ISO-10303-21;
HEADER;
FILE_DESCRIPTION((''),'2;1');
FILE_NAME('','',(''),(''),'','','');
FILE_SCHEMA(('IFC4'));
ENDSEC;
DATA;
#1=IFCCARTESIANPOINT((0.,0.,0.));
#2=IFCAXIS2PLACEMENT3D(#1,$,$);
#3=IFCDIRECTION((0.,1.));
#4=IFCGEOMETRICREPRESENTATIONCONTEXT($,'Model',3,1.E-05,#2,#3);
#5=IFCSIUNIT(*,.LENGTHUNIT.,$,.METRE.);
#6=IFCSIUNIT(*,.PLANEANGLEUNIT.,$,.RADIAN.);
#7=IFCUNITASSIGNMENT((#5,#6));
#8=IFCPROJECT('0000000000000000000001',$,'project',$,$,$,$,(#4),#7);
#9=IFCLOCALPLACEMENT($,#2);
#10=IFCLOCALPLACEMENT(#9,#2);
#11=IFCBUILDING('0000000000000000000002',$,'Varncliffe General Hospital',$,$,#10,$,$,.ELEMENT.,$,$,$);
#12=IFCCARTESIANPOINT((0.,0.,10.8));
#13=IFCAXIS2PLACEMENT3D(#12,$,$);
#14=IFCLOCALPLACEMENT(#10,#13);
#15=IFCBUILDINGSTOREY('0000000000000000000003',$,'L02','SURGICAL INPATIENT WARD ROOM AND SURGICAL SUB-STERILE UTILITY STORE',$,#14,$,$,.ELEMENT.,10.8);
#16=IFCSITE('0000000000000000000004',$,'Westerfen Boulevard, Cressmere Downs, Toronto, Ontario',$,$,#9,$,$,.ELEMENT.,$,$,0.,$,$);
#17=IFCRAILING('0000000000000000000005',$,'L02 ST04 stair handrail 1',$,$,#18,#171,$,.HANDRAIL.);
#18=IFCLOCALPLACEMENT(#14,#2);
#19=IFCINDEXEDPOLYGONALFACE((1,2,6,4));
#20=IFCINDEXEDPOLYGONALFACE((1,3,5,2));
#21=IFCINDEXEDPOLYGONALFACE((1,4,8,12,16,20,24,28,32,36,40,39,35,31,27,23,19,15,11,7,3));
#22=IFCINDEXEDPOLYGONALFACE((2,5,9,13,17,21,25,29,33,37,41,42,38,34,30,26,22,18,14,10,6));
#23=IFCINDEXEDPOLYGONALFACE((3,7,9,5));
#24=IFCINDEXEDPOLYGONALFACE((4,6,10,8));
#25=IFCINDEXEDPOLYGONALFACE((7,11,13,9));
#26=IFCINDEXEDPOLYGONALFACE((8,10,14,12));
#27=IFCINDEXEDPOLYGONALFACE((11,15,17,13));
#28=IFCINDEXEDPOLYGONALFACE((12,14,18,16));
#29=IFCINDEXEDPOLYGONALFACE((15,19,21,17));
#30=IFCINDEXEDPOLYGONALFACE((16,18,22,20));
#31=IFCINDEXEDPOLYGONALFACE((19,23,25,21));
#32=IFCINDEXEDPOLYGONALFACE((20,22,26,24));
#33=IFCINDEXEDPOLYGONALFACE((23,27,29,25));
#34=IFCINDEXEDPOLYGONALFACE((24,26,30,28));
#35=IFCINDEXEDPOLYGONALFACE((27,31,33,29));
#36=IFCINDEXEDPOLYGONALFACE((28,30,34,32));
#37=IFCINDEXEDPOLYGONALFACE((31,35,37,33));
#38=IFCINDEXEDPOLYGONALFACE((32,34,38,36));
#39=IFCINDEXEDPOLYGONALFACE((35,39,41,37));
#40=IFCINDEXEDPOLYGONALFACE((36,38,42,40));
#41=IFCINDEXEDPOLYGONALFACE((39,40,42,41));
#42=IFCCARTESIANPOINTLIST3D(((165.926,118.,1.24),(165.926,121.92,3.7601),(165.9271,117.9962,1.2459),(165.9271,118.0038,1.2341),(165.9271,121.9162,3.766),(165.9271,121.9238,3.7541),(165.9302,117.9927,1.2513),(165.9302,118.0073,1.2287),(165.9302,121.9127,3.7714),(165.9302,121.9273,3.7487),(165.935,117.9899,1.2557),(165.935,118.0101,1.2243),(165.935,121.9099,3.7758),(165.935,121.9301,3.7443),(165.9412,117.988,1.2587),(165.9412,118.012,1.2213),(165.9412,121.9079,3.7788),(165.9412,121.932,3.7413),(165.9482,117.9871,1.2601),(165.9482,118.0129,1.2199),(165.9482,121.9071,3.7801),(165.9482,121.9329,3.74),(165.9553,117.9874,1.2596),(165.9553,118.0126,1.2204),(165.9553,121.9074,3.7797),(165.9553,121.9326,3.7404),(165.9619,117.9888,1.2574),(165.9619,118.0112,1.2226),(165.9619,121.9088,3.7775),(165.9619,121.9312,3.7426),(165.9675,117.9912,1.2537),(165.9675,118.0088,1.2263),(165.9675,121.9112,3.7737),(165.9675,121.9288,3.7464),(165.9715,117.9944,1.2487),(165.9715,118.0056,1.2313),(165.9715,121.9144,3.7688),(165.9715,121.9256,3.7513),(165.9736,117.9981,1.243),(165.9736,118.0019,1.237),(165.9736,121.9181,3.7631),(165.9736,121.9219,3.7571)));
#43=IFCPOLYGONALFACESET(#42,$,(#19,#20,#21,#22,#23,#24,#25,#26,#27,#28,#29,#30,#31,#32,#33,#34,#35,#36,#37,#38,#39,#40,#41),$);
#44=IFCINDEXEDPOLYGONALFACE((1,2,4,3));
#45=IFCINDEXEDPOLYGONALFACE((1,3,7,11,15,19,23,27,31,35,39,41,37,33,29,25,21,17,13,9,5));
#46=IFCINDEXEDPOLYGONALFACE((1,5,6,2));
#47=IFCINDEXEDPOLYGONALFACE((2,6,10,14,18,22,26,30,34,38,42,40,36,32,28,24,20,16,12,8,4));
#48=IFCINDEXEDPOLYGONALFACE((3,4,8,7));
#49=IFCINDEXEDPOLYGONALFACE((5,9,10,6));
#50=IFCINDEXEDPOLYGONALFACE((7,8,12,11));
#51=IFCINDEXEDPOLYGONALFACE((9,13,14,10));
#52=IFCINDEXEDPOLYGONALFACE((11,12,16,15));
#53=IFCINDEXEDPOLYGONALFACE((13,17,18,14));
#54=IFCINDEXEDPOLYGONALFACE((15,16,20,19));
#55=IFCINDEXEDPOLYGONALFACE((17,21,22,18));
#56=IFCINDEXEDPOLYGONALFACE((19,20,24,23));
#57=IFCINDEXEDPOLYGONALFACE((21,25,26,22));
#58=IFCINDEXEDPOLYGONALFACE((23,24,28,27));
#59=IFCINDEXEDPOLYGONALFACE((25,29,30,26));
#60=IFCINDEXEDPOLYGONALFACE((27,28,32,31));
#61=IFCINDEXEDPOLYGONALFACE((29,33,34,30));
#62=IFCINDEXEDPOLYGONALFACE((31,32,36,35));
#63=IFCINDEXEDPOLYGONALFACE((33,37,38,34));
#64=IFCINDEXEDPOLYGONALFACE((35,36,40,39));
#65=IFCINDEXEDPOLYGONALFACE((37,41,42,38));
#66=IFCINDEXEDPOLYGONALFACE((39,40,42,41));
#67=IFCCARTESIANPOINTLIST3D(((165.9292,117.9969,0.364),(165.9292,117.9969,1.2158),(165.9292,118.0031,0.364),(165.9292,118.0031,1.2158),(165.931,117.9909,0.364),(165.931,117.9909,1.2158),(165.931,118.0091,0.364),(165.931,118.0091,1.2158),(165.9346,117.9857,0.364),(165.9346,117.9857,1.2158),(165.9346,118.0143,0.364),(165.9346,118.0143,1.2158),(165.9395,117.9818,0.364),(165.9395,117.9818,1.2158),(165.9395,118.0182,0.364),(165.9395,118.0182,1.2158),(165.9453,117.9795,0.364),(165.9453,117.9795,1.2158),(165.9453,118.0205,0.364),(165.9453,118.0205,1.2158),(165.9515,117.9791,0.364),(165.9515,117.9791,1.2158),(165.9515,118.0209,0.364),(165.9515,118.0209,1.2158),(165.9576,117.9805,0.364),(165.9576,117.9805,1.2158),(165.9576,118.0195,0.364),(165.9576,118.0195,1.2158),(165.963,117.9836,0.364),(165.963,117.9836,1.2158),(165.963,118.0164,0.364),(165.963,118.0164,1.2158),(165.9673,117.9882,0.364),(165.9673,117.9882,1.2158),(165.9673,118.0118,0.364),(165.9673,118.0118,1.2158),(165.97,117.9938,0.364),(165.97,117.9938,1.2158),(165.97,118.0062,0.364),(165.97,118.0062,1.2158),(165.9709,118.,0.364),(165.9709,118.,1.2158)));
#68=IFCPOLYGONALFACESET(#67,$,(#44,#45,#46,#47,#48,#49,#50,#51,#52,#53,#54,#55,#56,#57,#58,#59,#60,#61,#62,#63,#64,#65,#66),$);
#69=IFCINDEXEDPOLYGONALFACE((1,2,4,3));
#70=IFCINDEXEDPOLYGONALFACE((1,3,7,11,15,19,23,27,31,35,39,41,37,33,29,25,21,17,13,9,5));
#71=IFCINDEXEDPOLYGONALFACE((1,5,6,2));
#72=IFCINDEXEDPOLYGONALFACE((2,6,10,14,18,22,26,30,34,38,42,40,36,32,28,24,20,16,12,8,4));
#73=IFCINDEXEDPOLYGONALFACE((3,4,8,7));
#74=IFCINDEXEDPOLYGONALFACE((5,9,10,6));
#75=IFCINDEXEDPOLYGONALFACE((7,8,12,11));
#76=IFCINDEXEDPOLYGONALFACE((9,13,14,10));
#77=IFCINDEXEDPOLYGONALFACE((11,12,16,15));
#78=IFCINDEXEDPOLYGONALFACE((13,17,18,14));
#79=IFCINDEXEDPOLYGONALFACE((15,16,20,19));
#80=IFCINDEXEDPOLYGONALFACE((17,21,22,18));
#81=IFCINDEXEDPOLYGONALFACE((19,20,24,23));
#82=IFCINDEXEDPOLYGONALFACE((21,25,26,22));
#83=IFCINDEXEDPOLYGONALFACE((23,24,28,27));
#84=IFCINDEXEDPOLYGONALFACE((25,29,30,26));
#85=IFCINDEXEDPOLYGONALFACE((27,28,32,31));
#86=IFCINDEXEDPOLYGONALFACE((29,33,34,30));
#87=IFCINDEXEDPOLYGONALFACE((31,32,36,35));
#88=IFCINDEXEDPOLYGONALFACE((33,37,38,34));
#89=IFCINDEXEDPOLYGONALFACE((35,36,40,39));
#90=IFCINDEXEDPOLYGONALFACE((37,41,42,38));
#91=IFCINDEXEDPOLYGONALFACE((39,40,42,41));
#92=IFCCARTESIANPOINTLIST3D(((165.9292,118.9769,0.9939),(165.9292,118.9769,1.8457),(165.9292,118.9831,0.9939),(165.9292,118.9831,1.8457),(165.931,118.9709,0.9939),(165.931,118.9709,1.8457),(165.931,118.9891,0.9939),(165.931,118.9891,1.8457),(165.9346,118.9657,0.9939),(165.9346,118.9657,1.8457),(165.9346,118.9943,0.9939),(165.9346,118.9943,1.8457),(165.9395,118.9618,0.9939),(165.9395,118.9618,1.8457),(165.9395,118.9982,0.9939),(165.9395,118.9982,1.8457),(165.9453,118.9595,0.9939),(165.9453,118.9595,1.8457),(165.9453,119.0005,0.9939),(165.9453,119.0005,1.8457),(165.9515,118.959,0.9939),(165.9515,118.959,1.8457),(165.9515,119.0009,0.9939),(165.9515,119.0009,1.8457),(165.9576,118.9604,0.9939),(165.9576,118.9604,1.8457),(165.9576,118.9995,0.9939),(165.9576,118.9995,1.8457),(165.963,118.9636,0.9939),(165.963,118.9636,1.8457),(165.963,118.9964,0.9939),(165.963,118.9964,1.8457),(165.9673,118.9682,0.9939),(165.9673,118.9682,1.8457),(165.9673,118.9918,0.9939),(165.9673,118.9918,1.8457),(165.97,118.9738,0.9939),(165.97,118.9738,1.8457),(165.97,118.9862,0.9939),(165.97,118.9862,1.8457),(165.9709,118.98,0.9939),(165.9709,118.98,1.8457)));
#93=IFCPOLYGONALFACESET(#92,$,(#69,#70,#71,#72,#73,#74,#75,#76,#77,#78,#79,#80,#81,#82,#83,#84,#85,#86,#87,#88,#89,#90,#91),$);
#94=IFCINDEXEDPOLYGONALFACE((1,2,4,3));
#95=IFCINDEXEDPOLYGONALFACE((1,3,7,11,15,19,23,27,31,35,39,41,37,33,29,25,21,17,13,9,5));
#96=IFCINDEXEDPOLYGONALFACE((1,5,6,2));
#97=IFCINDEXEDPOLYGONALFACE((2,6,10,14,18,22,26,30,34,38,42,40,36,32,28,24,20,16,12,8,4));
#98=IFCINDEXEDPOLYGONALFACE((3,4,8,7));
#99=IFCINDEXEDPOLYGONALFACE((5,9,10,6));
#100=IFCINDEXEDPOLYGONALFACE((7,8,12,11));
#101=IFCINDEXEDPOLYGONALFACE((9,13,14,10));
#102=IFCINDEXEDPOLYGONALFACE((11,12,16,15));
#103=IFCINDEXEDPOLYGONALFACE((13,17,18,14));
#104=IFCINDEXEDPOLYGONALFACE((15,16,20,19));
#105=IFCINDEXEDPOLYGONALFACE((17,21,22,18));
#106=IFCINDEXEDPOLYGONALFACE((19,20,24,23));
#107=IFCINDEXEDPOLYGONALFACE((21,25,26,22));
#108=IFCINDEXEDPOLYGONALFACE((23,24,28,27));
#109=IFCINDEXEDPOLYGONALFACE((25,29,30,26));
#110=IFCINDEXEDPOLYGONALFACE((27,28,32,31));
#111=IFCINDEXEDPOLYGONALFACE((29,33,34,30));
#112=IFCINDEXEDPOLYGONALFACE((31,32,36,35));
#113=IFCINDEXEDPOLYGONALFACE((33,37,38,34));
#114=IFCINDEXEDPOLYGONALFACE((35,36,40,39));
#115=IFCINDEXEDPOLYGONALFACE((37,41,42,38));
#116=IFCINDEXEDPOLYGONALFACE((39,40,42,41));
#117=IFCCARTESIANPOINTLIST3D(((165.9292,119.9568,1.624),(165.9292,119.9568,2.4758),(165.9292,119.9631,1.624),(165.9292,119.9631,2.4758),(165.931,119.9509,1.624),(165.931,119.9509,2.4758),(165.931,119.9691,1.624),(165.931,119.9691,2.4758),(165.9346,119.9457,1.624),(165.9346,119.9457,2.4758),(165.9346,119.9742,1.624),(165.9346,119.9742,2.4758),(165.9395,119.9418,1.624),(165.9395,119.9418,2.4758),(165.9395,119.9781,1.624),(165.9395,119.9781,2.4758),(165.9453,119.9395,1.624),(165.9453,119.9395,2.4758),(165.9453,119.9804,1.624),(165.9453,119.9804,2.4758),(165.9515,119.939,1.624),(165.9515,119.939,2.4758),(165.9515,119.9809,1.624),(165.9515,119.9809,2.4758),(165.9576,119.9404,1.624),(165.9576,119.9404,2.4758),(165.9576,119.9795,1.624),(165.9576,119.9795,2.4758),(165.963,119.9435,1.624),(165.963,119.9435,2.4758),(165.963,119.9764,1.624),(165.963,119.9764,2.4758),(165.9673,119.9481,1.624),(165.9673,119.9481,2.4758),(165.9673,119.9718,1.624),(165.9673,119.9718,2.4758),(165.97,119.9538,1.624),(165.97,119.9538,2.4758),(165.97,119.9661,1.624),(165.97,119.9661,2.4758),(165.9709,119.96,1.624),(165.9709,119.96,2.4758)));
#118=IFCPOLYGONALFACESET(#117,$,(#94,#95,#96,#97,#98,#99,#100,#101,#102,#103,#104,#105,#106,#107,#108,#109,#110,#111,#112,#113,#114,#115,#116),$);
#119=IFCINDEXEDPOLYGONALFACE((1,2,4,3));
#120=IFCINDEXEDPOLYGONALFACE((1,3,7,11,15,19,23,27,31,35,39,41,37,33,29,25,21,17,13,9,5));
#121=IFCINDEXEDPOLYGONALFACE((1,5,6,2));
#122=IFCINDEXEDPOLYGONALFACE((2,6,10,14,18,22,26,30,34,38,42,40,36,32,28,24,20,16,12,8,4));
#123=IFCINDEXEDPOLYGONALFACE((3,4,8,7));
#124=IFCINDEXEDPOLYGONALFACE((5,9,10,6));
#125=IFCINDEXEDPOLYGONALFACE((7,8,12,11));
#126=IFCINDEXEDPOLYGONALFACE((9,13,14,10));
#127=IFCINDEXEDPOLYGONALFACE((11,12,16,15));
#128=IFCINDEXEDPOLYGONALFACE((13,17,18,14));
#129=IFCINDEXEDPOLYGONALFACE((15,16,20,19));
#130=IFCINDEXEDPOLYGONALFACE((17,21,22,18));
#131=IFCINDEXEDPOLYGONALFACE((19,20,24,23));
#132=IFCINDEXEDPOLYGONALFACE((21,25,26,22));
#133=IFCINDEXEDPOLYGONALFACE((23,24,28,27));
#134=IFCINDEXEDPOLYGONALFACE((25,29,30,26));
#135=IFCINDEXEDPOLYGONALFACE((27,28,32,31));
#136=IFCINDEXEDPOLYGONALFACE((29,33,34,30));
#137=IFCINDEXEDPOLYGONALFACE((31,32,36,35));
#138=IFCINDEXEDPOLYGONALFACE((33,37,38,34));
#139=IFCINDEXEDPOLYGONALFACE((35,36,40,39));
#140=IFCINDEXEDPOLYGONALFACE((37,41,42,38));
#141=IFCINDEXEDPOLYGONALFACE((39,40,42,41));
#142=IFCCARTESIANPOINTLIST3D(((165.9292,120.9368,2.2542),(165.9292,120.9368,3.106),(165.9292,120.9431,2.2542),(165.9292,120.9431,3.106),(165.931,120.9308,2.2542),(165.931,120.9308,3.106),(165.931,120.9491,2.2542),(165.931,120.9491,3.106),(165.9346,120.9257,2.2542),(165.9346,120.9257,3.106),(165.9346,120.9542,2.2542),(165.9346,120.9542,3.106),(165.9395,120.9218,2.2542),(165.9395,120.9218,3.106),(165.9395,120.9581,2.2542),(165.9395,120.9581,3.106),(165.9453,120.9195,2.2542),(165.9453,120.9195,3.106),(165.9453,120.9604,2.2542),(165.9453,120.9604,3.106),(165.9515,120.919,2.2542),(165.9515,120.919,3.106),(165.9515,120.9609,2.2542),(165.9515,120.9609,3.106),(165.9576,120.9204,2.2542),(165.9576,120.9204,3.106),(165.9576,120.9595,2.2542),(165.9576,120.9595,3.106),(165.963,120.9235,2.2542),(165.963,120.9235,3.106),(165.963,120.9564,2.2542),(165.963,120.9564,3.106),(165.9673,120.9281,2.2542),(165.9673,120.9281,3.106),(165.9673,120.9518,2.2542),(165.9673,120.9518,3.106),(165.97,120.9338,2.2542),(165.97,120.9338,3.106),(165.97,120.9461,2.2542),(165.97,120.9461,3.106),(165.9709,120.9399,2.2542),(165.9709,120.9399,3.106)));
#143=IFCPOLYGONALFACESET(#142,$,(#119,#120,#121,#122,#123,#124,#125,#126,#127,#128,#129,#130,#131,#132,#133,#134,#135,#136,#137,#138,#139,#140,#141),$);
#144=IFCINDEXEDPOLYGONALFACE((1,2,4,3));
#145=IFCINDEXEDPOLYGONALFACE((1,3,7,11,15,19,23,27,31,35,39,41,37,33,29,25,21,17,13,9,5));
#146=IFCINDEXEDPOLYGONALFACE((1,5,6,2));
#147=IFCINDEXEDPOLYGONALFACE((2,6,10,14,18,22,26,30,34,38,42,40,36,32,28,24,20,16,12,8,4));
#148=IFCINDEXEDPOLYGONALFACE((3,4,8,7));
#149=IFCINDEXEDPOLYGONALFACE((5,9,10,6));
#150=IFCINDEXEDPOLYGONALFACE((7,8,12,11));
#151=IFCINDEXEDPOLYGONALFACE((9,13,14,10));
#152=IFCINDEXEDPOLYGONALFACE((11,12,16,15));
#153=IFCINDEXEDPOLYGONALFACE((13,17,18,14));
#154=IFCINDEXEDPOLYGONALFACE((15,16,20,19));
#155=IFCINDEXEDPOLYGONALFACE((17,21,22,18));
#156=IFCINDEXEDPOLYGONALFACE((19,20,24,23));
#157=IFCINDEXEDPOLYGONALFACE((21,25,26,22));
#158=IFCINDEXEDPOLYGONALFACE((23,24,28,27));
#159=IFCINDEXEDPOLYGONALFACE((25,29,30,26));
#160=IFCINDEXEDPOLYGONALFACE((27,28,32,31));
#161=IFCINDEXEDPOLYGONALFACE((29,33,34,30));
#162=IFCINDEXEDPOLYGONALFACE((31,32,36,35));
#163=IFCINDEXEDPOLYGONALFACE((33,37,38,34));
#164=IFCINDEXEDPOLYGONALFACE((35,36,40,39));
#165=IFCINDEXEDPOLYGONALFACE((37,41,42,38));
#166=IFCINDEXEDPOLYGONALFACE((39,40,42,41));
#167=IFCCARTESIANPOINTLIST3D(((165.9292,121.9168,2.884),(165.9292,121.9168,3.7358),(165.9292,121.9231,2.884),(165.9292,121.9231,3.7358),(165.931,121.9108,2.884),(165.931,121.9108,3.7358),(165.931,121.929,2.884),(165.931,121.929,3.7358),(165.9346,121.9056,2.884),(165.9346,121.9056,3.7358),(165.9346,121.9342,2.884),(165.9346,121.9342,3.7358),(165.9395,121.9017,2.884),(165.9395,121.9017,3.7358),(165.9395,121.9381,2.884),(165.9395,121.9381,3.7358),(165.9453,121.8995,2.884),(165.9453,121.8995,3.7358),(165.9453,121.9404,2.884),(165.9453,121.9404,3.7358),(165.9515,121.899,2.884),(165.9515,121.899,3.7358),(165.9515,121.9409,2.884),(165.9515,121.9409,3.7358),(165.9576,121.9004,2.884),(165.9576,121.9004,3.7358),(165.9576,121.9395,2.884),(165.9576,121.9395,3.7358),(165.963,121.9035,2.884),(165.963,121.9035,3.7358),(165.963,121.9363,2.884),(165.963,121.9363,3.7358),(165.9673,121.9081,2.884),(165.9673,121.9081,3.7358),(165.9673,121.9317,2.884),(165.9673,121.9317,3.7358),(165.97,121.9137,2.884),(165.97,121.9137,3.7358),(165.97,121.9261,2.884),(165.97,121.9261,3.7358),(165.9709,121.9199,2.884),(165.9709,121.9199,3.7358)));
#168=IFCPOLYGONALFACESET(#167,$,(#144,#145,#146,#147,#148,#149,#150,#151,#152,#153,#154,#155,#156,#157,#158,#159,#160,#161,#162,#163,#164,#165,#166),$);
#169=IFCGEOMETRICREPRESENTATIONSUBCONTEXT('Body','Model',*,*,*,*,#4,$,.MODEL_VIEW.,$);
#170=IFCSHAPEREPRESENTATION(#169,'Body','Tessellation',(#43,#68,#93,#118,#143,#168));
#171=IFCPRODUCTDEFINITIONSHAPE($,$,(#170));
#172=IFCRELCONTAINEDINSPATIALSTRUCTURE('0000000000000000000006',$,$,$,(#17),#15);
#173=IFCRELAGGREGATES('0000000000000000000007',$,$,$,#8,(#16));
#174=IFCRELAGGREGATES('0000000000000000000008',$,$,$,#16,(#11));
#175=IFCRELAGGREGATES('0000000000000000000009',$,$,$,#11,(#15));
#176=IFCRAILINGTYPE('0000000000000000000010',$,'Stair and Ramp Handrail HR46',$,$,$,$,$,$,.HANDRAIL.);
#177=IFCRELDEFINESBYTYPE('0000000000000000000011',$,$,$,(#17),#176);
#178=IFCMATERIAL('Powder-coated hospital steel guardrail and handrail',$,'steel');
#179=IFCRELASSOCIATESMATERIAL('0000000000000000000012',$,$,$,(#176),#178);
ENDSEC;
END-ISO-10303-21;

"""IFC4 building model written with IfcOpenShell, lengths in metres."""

from ifc_helpers import new_model, si_unit, direction, frame, origin, origin_2d, place, context, subcontext, project, spatial, circle, extrude, material, type_object, element, save


model = new_model("IFC4")

# Units and contexts
model_context = context("Model", 3, precision=1e-05, world=origin(), true_north=direction((0.0, 1.0)))
body_context = subcontext(model_context, "Body", "Model", "MODEL_VIEW")
ifc_project = project(units=[si_unit("LENGTHUNIT", "METRE"), si_unit("PLANEANGLEUNIT", "RADIAN")], contexts=[model_context])

# Site, building, storey
site_placement = place(None, origin())
site = spatial("IfcSite", under=ifc_project, at=site_placement, Name="Westerfen Boulevard, Cressmere Downs, Toronto, Ontario", CompositionType="ELEMENT", RefElevation=0.0)
building_placement = place(site_placement, origin())
building = spatial("IfcBuilding", under=site, at=building_placement, Name="Varncliffe General Hospital", CompositionType="ELEMENT")
storey_placement = place(building_placement, frame((0.0, 0.0, 10.8)))
storey = spatial("IfcBuildingStorey", under=building, at=storey_placement, Name="L02", Description="SURGICAL INPATIENT WARD ROOM AND SURGICAL SUB-STERILE UTILITY STORE", CompositionType="ELEMENT", Elevation=10.8)

# Railing
ifc_material_1 = material(Name="Powder-coated hospital steel guardrail and handrail", Category="steel")
railing_type_1 = type_object("IfcRailingType", Name="Stair and Ramp Handrail HR46", PredefinedType="HANDRAIL", material=ifc_material_1)
railing_1_placement = place(storey_placement, frame((165.95, 118.0, 0.364)))
element("IfcRailing", 1, at=railing_1_placement, inside=storey, type_object=railing_type_1, Name="L02 ST04 stair handrail 1", PredefinedType="HANDRAIL", context=body_context, shape_type="SweptSolid", body=[
    extrude(circle(Radius=0.0239, at=origin_2d()), frame((0.0, 0.0, 0.876), z_axis=(0.0, 0.841172, 0.540768), x_axis=(-1.0, 0.0, 0.0)), (0.0, 0.0, 1.0), 4.6602),
    extrude(circle(Radius=0.021, at=origin_2d()), origin(), (0.0, 0.0, 1.0), 0.8518),
    extrude(circle(Radius=0.021, at=origin_2d()), frame((0.0, 0.98, 0.6299)), (0.0, 0.0, 1.0), 0.8518),
    extrude(circle(Radius=0.021, at=origin_2d()), frame((0.0, 1.96, 1.26)), (0.0, 0.0, 1.0), 0.8518),
    extrude(circle(Radius=0.021, at=origin_2d()), frame((0.0, 2.9399, 1.8901)), (0.0, 0.0, 1.0), 0.8518),
    extrude(circle(Radius=0.021, at=origin_2d()), frame((0.0, 3.9199, 2.52)), (0.0, 0.0, 1.0), 0.8518),
])

save(model, "model.ifc")
